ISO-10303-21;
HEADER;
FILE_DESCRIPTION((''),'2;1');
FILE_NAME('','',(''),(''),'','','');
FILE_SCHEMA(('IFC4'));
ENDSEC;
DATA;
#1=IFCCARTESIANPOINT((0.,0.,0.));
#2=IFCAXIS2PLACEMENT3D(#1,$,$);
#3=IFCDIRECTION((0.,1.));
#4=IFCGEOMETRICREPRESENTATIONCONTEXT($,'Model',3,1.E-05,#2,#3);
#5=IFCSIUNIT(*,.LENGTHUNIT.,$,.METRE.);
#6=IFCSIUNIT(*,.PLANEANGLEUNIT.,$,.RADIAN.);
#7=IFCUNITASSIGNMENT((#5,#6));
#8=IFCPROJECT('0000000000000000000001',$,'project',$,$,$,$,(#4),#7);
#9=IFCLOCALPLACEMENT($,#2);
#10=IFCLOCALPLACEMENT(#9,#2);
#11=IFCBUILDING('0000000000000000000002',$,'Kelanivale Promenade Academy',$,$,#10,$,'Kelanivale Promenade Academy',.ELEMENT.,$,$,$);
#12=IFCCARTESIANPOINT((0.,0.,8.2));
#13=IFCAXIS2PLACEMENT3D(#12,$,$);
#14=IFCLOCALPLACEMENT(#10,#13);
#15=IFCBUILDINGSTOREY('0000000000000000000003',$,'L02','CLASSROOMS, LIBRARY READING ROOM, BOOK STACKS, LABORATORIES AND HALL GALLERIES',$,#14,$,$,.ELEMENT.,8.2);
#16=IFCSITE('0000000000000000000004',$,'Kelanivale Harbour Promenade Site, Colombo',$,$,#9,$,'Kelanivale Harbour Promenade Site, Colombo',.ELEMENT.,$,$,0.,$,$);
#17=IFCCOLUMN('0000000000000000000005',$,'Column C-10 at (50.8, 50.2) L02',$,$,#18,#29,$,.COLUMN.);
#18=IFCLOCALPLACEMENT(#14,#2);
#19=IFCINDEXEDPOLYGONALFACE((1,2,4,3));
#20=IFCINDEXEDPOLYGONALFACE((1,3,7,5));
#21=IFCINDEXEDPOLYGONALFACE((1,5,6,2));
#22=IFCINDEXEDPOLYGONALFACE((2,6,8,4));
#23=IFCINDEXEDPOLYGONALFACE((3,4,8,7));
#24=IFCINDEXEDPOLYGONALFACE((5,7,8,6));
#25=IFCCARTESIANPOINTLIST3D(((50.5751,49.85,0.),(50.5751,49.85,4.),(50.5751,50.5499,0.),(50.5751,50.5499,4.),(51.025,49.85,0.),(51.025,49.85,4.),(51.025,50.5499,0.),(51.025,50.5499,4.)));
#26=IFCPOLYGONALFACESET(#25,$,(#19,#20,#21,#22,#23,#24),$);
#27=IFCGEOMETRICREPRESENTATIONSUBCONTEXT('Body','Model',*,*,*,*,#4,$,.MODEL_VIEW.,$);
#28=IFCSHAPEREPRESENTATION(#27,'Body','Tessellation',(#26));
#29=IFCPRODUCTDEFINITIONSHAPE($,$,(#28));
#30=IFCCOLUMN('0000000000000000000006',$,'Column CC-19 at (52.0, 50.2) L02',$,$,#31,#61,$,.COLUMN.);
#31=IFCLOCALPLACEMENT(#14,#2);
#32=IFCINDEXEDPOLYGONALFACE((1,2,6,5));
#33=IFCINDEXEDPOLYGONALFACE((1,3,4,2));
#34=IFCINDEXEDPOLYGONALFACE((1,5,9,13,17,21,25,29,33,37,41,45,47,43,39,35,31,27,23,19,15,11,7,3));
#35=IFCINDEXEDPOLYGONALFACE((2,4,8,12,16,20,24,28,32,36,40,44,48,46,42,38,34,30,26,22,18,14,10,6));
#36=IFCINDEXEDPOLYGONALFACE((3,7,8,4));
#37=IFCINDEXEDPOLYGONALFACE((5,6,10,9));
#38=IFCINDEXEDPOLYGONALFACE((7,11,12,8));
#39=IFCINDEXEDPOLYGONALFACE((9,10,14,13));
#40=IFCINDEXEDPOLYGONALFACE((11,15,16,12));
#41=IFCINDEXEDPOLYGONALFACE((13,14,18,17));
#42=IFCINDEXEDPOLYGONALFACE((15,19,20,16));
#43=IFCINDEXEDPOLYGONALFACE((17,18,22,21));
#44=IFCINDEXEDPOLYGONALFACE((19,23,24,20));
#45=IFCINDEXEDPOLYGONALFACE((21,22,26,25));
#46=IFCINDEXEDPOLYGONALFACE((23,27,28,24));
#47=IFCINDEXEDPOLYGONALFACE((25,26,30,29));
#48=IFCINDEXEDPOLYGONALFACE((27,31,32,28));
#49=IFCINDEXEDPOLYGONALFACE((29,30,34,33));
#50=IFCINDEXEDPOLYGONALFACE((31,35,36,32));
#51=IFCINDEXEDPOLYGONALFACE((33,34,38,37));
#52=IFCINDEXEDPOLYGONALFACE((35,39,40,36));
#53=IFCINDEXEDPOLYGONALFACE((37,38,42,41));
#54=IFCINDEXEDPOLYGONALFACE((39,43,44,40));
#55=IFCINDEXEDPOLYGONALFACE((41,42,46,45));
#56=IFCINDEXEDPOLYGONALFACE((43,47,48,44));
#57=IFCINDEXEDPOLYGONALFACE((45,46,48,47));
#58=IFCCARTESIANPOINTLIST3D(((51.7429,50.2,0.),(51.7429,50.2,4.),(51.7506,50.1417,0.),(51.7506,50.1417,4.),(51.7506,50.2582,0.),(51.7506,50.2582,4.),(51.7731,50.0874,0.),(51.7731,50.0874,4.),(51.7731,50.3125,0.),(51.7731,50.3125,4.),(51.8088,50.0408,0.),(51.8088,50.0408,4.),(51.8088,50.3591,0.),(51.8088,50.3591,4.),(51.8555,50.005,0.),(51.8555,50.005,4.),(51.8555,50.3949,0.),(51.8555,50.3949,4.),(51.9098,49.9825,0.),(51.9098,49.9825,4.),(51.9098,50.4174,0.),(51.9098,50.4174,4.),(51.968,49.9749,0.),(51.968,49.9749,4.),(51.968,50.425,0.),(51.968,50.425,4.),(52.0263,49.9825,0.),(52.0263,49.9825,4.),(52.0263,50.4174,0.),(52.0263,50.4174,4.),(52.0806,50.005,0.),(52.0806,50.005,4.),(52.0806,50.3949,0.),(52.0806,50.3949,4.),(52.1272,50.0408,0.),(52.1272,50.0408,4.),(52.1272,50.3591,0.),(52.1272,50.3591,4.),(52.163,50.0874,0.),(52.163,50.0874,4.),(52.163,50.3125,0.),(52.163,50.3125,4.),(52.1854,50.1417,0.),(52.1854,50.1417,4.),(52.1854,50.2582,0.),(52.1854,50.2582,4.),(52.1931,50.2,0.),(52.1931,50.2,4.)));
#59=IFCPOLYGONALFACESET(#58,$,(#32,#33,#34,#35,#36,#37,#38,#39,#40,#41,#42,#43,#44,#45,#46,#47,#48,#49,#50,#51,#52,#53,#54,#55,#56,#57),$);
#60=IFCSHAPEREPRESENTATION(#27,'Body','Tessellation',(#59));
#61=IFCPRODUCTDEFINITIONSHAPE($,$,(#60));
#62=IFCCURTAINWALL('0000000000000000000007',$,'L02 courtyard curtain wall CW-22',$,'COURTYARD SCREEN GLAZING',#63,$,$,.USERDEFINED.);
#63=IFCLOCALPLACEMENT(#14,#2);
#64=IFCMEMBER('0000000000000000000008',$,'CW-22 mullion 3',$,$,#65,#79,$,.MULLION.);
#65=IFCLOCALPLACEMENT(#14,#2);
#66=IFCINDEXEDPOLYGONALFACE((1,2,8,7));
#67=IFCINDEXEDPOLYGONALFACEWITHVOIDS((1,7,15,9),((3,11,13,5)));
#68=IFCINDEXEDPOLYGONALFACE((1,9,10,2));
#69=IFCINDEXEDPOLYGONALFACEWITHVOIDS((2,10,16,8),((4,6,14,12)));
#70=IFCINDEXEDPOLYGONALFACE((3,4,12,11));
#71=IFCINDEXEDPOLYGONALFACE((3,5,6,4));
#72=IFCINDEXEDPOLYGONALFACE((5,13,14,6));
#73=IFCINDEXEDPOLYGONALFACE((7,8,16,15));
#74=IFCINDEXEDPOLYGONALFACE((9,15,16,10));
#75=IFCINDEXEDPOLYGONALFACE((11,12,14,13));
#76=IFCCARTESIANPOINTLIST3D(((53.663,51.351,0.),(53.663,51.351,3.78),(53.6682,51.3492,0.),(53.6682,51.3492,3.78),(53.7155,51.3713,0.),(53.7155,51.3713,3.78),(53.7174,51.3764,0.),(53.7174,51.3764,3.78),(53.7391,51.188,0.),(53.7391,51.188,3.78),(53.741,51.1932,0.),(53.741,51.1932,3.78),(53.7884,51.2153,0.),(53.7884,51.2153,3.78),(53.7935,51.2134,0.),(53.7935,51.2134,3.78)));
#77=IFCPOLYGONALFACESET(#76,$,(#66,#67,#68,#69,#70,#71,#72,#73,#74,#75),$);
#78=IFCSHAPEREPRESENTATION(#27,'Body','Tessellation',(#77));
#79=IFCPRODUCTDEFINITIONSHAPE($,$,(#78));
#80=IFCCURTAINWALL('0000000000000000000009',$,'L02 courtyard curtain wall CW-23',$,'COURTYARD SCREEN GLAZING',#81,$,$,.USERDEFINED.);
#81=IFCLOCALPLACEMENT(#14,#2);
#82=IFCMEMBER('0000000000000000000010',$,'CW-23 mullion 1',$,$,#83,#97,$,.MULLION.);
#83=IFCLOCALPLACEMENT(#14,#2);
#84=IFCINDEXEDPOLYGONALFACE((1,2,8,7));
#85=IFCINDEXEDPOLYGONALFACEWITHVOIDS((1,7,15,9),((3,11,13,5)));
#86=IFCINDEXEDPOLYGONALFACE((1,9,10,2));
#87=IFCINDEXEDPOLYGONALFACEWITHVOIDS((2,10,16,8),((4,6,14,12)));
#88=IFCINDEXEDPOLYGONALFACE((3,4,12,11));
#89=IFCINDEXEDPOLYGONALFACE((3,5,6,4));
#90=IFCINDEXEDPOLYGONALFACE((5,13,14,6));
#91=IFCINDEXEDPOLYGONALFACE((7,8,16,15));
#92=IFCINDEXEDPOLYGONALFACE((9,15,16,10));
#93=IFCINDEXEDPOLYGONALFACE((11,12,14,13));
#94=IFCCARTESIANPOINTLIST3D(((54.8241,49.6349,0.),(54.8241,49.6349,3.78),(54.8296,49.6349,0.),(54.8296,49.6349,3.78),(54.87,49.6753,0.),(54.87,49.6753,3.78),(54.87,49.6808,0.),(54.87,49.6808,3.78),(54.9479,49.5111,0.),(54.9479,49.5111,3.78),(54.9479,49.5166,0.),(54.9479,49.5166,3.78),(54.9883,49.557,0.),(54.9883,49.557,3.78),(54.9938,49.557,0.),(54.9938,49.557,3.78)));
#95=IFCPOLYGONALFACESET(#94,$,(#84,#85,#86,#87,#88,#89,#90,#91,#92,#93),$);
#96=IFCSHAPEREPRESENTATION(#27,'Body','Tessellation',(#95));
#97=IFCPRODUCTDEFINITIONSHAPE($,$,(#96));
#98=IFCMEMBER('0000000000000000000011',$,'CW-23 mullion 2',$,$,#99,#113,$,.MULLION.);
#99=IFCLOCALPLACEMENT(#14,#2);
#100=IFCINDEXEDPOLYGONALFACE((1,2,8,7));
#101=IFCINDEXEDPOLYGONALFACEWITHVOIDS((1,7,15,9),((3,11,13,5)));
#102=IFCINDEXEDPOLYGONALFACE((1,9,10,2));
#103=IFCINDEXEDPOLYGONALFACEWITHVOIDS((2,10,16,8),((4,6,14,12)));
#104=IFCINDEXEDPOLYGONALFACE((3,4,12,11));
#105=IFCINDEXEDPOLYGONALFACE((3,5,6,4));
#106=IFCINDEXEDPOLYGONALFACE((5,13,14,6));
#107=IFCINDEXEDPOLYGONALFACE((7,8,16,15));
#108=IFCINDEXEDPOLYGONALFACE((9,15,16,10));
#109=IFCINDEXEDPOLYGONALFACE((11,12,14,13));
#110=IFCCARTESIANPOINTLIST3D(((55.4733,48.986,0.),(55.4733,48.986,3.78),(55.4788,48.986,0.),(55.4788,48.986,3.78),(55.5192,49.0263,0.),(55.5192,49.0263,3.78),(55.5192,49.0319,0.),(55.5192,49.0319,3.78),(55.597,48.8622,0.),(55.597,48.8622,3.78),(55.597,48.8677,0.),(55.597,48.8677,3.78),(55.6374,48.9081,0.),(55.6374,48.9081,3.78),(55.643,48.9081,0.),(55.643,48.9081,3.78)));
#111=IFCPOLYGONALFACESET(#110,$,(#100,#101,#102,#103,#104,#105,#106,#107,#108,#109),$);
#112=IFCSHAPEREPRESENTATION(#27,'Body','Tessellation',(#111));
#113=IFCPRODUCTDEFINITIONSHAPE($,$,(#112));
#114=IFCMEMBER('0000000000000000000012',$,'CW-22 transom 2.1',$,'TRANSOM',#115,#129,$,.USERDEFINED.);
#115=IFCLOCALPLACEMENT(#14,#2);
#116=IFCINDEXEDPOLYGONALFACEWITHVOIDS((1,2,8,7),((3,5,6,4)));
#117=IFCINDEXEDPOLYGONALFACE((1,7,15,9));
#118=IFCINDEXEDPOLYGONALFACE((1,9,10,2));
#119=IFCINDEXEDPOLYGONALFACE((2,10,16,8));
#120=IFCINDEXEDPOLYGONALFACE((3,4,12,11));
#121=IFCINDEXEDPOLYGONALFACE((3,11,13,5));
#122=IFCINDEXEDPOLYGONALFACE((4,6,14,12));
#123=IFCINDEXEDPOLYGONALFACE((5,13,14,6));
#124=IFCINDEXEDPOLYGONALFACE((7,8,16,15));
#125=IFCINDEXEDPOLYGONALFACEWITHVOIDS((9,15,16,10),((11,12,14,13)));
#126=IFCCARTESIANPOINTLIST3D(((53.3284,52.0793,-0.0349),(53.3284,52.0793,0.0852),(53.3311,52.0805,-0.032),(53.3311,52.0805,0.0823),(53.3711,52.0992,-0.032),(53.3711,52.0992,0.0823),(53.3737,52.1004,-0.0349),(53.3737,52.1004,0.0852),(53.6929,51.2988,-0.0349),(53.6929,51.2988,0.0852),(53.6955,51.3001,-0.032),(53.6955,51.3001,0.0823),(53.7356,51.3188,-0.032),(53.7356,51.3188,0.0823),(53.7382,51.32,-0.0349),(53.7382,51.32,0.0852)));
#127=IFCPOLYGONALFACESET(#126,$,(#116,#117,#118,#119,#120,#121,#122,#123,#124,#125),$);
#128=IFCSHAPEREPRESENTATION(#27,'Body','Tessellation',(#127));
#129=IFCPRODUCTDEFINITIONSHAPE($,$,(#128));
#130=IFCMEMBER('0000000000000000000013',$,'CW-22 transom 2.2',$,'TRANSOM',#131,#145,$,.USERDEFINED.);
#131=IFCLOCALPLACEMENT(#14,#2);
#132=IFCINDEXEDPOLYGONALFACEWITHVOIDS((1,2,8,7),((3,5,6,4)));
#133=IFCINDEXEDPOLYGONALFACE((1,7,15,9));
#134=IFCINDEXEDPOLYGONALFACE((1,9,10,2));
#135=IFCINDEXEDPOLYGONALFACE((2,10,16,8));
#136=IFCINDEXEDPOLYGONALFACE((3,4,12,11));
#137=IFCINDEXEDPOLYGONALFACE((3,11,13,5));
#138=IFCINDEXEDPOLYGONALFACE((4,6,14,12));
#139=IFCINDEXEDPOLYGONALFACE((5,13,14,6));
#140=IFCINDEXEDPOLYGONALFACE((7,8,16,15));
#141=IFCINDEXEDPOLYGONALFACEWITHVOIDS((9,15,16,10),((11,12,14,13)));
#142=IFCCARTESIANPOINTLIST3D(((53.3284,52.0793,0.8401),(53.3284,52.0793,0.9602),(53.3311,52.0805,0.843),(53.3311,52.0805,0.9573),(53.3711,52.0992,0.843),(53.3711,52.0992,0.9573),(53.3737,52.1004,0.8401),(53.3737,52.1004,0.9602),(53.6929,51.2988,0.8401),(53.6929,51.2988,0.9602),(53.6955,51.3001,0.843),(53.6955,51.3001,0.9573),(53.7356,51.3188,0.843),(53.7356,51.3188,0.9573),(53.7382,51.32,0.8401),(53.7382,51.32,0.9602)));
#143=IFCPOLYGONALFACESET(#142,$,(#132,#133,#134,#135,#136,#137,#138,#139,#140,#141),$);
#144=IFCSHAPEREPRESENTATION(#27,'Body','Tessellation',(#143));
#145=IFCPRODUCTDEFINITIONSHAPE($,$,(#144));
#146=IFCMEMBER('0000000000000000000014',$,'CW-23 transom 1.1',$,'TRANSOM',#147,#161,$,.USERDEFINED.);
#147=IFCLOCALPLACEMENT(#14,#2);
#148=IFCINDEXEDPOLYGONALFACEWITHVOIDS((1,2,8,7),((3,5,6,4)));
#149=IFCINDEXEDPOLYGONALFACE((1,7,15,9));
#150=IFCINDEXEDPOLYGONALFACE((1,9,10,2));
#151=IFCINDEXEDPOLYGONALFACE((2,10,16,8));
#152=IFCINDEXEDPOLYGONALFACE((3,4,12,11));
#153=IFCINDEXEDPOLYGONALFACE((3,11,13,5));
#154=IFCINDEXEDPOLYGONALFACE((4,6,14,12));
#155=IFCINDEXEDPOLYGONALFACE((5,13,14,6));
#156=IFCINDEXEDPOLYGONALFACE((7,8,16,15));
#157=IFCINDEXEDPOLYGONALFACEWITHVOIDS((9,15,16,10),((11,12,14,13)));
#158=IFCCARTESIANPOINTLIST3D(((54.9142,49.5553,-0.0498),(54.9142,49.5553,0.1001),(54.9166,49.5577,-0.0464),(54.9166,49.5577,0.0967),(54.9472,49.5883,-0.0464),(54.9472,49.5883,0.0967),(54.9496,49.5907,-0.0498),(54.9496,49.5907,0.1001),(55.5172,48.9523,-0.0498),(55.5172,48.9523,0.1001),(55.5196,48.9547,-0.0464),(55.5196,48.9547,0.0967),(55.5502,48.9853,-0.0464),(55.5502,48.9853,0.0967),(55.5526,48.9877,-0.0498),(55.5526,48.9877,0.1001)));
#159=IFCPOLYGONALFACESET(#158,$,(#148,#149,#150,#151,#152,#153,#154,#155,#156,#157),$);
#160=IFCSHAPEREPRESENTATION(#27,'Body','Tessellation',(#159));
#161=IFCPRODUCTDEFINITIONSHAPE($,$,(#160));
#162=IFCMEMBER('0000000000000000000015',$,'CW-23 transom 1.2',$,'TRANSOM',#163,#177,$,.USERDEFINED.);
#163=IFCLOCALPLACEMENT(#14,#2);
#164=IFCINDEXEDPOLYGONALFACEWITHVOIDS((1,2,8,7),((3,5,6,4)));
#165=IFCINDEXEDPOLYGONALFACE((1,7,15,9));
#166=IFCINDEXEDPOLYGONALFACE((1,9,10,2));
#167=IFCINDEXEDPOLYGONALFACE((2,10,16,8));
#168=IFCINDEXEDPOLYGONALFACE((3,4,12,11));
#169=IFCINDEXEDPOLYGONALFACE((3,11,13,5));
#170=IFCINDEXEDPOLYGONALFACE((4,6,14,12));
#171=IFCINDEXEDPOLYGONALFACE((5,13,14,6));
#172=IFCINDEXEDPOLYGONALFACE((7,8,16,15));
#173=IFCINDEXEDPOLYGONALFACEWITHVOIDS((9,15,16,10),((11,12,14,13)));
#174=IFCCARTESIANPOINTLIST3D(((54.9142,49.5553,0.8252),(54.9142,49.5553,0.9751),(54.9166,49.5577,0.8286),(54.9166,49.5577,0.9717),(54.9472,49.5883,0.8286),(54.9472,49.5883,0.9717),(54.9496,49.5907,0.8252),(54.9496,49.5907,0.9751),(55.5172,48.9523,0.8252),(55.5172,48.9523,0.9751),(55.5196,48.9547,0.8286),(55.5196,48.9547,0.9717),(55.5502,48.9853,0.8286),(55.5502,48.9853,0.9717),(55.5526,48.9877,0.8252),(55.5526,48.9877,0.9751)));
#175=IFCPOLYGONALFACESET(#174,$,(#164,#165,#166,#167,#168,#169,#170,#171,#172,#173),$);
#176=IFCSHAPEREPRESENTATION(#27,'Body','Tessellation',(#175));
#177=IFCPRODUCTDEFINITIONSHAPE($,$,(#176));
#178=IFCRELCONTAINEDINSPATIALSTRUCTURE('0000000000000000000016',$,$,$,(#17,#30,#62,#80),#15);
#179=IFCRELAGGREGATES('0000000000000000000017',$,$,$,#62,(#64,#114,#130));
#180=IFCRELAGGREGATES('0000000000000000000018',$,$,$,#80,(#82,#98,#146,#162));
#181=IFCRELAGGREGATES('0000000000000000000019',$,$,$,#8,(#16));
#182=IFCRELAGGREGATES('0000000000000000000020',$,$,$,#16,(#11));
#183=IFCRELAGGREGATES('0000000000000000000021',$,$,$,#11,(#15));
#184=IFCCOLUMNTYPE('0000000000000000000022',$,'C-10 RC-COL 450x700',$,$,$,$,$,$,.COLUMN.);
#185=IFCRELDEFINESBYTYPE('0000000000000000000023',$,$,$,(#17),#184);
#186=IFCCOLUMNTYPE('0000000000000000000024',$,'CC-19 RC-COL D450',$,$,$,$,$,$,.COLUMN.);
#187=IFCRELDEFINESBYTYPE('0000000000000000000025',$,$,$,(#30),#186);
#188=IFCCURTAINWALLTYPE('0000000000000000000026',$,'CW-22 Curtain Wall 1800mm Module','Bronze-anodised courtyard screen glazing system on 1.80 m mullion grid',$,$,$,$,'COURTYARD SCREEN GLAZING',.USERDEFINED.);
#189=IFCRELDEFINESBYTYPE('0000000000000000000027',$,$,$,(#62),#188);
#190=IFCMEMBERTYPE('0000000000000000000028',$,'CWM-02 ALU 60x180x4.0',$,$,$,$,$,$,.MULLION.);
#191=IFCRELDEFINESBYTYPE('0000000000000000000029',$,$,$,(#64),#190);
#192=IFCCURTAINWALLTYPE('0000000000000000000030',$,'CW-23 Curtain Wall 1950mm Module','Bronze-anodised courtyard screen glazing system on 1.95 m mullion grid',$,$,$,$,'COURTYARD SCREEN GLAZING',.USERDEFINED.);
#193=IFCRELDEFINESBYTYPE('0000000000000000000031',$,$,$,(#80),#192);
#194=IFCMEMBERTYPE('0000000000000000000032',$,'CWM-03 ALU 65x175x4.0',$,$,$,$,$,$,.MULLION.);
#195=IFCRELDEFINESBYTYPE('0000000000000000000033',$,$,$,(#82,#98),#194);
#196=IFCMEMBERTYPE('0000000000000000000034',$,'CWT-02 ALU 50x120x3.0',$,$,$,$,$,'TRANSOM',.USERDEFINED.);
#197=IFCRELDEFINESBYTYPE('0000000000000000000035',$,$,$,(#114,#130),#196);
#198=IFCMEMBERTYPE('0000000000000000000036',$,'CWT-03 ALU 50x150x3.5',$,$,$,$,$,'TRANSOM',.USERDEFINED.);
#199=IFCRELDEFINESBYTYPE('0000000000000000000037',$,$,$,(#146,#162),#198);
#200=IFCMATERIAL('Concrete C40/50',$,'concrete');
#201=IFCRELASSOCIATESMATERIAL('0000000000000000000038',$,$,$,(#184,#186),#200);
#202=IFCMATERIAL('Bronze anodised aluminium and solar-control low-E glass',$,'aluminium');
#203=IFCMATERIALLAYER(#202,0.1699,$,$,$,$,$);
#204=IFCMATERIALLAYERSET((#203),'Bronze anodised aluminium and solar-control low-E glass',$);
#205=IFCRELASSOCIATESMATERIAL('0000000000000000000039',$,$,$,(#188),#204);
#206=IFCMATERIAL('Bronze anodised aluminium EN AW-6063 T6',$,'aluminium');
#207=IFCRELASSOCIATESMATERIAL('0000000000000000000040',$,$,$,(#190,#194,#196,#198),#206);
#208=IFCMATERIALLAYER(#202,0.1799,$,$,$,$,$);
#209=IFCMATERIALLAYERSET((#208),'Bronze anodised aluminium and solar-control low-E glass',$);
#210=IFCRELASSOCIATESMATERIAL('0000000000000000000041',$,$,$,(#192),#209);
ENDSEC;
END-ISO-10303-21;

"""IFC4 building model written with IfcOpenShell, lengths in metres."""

from ifc_helpers import new_model, si_unit, direction, frame, origin, origin_2d, place, context, subcontext, project, spatial, rectangle, hollow_rectangle, circle, extrude, material, layer, layer_set, material_profile, profile_set, type_object, element, aggregate, save


model = new_model("IFC4")

# Units and contexts
model_context = context("Model", 3, precision=1e-05, world=origin(), true_north=direction((0.0, 1.0)))
body_context = subcontext(model_context, "Body", "Model", "MODEL_VIEW")
ifc_project = project(units=[si_unit("LENGTHUNIT", "METRE"), si_unit("PLANEANGLEUNIT", "RADIAN")], contexts=[model_context])

# Site, building, storey
site_placement = place(None, origin())
site = spatial("IfcSite", under=ifc_project, at=site_placement, Name="Kelanivale Harbour Promenade Site, Colombo", LongName="Kelanivale Harbour Promenade Site, Colombo", CompositionType="ELEMENT", RefElevation=0.0)
building_placement = place(site_placement, origin())
building = spatial("IfcBuilding", under=site, at=building_placement, Name="Kelanivale Promenade Academy", LongName="Kelanivale Promenade Academy", CompositionType="ELEMENT")
storey_placement = place(building_placement, frame((0.0, 0.0, 8.2)))
storey = spatial("IfcBuildingStorey", under=building, at=storey_placement, Name="L02", Description="CLASSROOMS, LIBRARY READING ROOM, BOOK STACKS, LABORATORIES AND HALL GALLERIES", CompositionType="ELEMENT", Elevation=8.2)

# Columns
ifc_material_1 = material(Name="Concrete C40/50", Category="concrete")
ifc_material_profile_1 = material_profile(ifc_material_1, rectangle(XDim=0.45, YDim=0.7, at=origin_2d()), Name="RC-COL 450x700")
ifc_profile_set_1 = profile_set([ifc_material_profile_1], Name="Concrete C40/50")
column_type_1 = type_object("IfcColumnType", Name="C-10 RC-COL 450x700", PredefinedType="COLUMN", material=ifc_profile_set_1)
column_1_placement = place(storey_placement, frame((50.8, 50.2, 0.0), z_axis=(0.0, 0.0, 1.0), x_axis=(1.0, 0.0, 0.0)))
element("IfcColumn", 1, at=column_1_placement, inside=storey, type_object=column_type_1, Name="Column C-10 at (50.8, 50.2) L02", PredefinedType="COLUMN", context=body_context, shape_type="SweptSolid", body=[
    extrude(rectangle(XDim=0.45, YDim=0.7, at=origin_2d()), origin(), (0.0, 0.0, 1.0), 4.0),
])
ifc_material_profile_2 = material_profile(ifc_material_1, circle(Radius=0.2251, at=origin_2d()), Name="RC-COL D450")
ifc_profile_set_2 = profile_set([ifc_material_profile_2], Name="Concrete C40/50")
column_type_2 = type_object("IfcColumnType", Name="CC-19 RC-COL D450", PredefinedType="COLUMN", material=ifc_profile_set_2)
column_2_placement = place(storey_placement, frame((51.968, 50.2, 0.0), z_axis=(0.0, 0.0, 1.0), x_axis=(1.0, 0.0, 0.0)))
element("IfcColumn", 2, at=column_2_placement, inside=storey, type_object=column_type_2, Name="Column CC-19 at (52.0, 50.2) L02", PredefinedType="COLUMN", context=body_context, shape_type="SweptSolid", body=[
    extrude(circle(Radius=0.2251, at=origin_2d()), origin(), (0.0, 0.0, 1.0), 4.0),
])

# Curtain wall, member
ifc_material_2 = material(Name="Bronze anodised aluminium and solar-control low-E glass", Category="aluminium")
ifc_layer_1 = layer(ifc_material_2, 0.1699)
ifc_layer_set_1 = layer_set([ifc_layer_1], Name="Bronze anodised aluminium and solar-control low-E glass")
curtain_wall_type_1 = type_object("IfcCurtainWallType", Name="CW-22 Curtain Wall 1800mm Module", Description="Bronze-anodised courtyard screen glazing system on 1.80 m mullion grid", ElementType="COURTYARD SCREEN GLAZING", PredefinedType="USERDEFINED", material=ifc_layer_set_1)
curtain_wall_1_placement = place(storey_placement, origin())
curtain_wall_1 = element("IfcCurtainWall", 3, at=curtain_wall_1_placement, inside=storey, type_object=curtain_wall_type_1, Name="L02 courtyard curtain wall CW-22", ObjectType="COURTYARD SCREEN GLAZING", PredefinedType="USERDEFINED")
ifc_material_3 = material(Name="Bronze anodised aluminium EN AW-6063 T6", Category="aluminium")
ifc_material_profile_3 = material_profile(ifc_material_3, hollow_rectangle(XDim=0.0601, YDim=0.1799, WallThickness=0.0039, at=origin_2d()), Name="ALU 60x180x4.0")
ifc_profile_set_3 = profile_set([ifc_material_profile_3], Name="Bronze anodised aluminium EN AW-6063 T6")
member_type_1 = type_object("IfcMemberType", Name="CWM-02 ALU 60x180x4.0", PredefinedType="MULLION", material=ifc_profile_set_3)
member_1_placement = place(storey_placement, frame((53.7283, 51.2822, 0.0), z_axis=(0.0, 0.0, 1.0), x_axis=(0.906089, 0.423087, 0.0)))
member_1 = element("IfcMember", 4, at=member_1_placement, type_object=member_type_1, Name="CW-22 mullion 3", PredefinedType="MULLION", context=body_context, shape_type="SweptSolid", body=[
    extrude(hollow_rectangle(XDim=0.0601, YDim=0.1799, WallThickness=0.0039, at=origin_2d()), origin(), (0.0, 0.0, 1.0), 3.78),
])

# Curtain wall, members
ifc_layer_2 = layer(ifc_material_2, 0.1799)
ifc_layer_set_2 = layer_set([ifc_layer_2], Name="Bronze anodised aluminium and solar-control low-E glass")
curtain_wall_type_2 = type_object("IfcCurtainWallType", Name="CW-23 Curtain Wall 1950mm Module", Description="Bronze-anodised courtyard screen glazing system on 1.95 m mullion grid", ElementType="COURTYARD SCREEN GLAZING", PredefinedType="USERDEFINED", material=ifc_layer_set_2)
curtain_wall_2_placement = place(storey_placement, origin())
curtain_wall_2 = element("IfcCurtainWall", 5, at=curtain_wall_2_placement, inside=storey, type_object=curtain_wall_type_2, Name="L02 courtyard curtain wall CW-23", ObjectType="COURTYARD SCREEN GLAZING", PredefinedType="USERDEFINED")
ifc_material_profile_4 = material_profile(ifc_material_3, hollow_rectangle(XDim=0.0649, YDim=0.175, WallThickness=0.0039, at=origin_2d()), Name="ALU 65x175x4.0")
ifc_profile_set_4 = profile_set([ifc_material_profile_4], Name="Bronze anodised aluminium EN AW-6063 T6")
member_type_2 = type_object("IfcMemberType", Name="CWM-03 ALU 65x175x4.0", PredefinedType="MULLION", material=ifc_profile_set_4)
member_2_placement = place(storey_placement, frame((54.9089, 49.5959, 0.0), z_axis=(0.0, 0.0, 1.0), x_axis=(0.707107, 0.707107, 0.0)))
member_2 = element("IfcMember", 6, at=member_2_placement, type_object=member_type_2, Name="CW-23 mullion 1", PredefinedType="MULLION", context=body_context, shape_type="SweptSolid", body=[
    extrude(hollow_rectangle(XDim=0.0649, YDim=0.175, WallThickness=0.0039, at=origin_2d()), origin(), (0.0, 0.0, 1.0), 3.78),
])
member_3_placement = place(storey_placement, frame((55.5581, 48.947, 0.0), z_axis=(0.0, 0.0, 1.0), x_axis=(0.707107, 0.707107, 0.0)))
member_3 = element("IfcMember", 7, at=member_3_placement, type_object=member_type_2, Name="CW-23 mullion 2", PredefinedType="MULLION", context=body_context, shape_type="SweptSolid", body=[
    extrude(hollow_rectangle(XDim=0.0649, YDim=0.175, WallThickness=0.0039, at=origin_2d()), origin(), (0.0, 0.0, 1.0), 3.78),
])

# Members
ifc_material_profile_5 = material_profile(ifc_material_3, hollow_rectangle(XDim=0.05, YDim=0.1201, WallThickness=0.0029, at=origin_2d()), Name="ALU 50x120x3.0")
ifc_profile_set_5 = profile_set([ifc_material_profile_5], Name="Bronze anodised aluminium EN AW-6063 T6")
member_type_3 = type_object("IfcMemberType", Name="CWT-02 ALU 50x120x3.0", ElementType="TRANSOM", PredefinedType="USERDEFINED", material=ifc_profile_set_5)
member_4_placement = place(storey_placement, frame((53.3511, 52.0898, 0.0251), z_axis=(0.423134, -0.906067, 0.0), x_axis=(0.906067, 0.423134, 0.0)))
member_4 = element("IfcMember", 8, at=member_4_placement, type_object=member_type_3, Name="CW-22 transom 2.1", ObjectType="TRANSOM", PredefinedType="USERDEFINED", context=body_context, shape_type="SweptSolid", body=[
    extrude(hollow_rectangle(XDim=0.05, YDim=0.1201, WallThickness=0.0029, at=origin_2d()), origin(), (0.0, 0.0, 1.0), 0.8613),
])
member_5_placement = place(storey_placement, frame((53.3511, 52.0898, 0.9001), z_axis=(0.423134, -0.906067, 0.0), x_axis=(0.906067, 0.423134, 0.0)))
member_5 = element("IfcMember", 9, at=member_5_placement, type_object=member_type_3, Name="CW-22 transom 2.2", ObjectType="TRANSOM", PredefinedType="USERDEFINED", context=body_context, shape_type="SweptSolid", body=[
    extrude(hollow_rectangle(XDim=0.05, YDim=0.1201, WallThickness=0.0029, at=origin_2d()), origin(), (0.0, 0.0, 1.0), 0.8613),
])
ifc_material_profile_6 = material_profile(ifc_material_3, hollow_rectangle(XDim=0.05, YDim=0.1499, WallThickness=0.0034, at=origin_2d()), Name="ALU 50x150x3.5")
ifc_profile_set_6 = profile_set([ifc_material_profile_6], Name="Bronze anodised aluminium EN AW-6063 T6")
member_type_4 = type_object("IfcMemberType", Name="CWT-03 ALU 50x150x3.5", ElementType="TRANSOM", PredefinedType="USERDEFINED", material=ifc_profile_set_6)
member_6_placement = place(storey_placement, frame((54.9319, 49.573, 0.0251), z_axis=(0.707107, -0.707107, 0.0), x_axis=(0.707107, 0.707107, 0.0)))
member_6 = element("IfcMember", 10, at=member_6_placement, type_object=member_type_4, Name="CW-23 transom 1.1", ObjectType="TRANSOM", PredefinedType="USERDEFINED", context=body_context, shape_type="SweptSolid", body=[
    extrude(hollow_rectangle(XDim=0.05, YDim=0.1499, WallThickness=0.0034, at=origin_2d()), origin(), (0.0, 0.0, 1.0), 0.8528),
])
member_7_placement = place(storey_placement, frame((54.9319, 49.573, 0.9001), z_axis=(0.707107, -0.707107, 0.0), x_axis=(0.707107, 0.707107, 0.0)))
member_7 = element("IfcMember", 11, at=member_7_placement, type_object=member_type_4, Name="CW-23 transom 1.2", ObjectType="TRANSOM", PredefinedType="USERDEFINED", context=body_context, shape_type="SweptSolid", body=[
    extrude(hollow_rectangle(XDim=0.05, YDim=0.1499, WallThickness=0.0034, at=origin_2d()), origin(), (0.0, 0.0, 1.0), 0.8528),
])

aggregate(curtain_wall_1, [member_1, member_4, member_5])
aggregate(curtain_wall_2, [member_2, member_3, member_6, member_7])

save(model, "model.ifc")
